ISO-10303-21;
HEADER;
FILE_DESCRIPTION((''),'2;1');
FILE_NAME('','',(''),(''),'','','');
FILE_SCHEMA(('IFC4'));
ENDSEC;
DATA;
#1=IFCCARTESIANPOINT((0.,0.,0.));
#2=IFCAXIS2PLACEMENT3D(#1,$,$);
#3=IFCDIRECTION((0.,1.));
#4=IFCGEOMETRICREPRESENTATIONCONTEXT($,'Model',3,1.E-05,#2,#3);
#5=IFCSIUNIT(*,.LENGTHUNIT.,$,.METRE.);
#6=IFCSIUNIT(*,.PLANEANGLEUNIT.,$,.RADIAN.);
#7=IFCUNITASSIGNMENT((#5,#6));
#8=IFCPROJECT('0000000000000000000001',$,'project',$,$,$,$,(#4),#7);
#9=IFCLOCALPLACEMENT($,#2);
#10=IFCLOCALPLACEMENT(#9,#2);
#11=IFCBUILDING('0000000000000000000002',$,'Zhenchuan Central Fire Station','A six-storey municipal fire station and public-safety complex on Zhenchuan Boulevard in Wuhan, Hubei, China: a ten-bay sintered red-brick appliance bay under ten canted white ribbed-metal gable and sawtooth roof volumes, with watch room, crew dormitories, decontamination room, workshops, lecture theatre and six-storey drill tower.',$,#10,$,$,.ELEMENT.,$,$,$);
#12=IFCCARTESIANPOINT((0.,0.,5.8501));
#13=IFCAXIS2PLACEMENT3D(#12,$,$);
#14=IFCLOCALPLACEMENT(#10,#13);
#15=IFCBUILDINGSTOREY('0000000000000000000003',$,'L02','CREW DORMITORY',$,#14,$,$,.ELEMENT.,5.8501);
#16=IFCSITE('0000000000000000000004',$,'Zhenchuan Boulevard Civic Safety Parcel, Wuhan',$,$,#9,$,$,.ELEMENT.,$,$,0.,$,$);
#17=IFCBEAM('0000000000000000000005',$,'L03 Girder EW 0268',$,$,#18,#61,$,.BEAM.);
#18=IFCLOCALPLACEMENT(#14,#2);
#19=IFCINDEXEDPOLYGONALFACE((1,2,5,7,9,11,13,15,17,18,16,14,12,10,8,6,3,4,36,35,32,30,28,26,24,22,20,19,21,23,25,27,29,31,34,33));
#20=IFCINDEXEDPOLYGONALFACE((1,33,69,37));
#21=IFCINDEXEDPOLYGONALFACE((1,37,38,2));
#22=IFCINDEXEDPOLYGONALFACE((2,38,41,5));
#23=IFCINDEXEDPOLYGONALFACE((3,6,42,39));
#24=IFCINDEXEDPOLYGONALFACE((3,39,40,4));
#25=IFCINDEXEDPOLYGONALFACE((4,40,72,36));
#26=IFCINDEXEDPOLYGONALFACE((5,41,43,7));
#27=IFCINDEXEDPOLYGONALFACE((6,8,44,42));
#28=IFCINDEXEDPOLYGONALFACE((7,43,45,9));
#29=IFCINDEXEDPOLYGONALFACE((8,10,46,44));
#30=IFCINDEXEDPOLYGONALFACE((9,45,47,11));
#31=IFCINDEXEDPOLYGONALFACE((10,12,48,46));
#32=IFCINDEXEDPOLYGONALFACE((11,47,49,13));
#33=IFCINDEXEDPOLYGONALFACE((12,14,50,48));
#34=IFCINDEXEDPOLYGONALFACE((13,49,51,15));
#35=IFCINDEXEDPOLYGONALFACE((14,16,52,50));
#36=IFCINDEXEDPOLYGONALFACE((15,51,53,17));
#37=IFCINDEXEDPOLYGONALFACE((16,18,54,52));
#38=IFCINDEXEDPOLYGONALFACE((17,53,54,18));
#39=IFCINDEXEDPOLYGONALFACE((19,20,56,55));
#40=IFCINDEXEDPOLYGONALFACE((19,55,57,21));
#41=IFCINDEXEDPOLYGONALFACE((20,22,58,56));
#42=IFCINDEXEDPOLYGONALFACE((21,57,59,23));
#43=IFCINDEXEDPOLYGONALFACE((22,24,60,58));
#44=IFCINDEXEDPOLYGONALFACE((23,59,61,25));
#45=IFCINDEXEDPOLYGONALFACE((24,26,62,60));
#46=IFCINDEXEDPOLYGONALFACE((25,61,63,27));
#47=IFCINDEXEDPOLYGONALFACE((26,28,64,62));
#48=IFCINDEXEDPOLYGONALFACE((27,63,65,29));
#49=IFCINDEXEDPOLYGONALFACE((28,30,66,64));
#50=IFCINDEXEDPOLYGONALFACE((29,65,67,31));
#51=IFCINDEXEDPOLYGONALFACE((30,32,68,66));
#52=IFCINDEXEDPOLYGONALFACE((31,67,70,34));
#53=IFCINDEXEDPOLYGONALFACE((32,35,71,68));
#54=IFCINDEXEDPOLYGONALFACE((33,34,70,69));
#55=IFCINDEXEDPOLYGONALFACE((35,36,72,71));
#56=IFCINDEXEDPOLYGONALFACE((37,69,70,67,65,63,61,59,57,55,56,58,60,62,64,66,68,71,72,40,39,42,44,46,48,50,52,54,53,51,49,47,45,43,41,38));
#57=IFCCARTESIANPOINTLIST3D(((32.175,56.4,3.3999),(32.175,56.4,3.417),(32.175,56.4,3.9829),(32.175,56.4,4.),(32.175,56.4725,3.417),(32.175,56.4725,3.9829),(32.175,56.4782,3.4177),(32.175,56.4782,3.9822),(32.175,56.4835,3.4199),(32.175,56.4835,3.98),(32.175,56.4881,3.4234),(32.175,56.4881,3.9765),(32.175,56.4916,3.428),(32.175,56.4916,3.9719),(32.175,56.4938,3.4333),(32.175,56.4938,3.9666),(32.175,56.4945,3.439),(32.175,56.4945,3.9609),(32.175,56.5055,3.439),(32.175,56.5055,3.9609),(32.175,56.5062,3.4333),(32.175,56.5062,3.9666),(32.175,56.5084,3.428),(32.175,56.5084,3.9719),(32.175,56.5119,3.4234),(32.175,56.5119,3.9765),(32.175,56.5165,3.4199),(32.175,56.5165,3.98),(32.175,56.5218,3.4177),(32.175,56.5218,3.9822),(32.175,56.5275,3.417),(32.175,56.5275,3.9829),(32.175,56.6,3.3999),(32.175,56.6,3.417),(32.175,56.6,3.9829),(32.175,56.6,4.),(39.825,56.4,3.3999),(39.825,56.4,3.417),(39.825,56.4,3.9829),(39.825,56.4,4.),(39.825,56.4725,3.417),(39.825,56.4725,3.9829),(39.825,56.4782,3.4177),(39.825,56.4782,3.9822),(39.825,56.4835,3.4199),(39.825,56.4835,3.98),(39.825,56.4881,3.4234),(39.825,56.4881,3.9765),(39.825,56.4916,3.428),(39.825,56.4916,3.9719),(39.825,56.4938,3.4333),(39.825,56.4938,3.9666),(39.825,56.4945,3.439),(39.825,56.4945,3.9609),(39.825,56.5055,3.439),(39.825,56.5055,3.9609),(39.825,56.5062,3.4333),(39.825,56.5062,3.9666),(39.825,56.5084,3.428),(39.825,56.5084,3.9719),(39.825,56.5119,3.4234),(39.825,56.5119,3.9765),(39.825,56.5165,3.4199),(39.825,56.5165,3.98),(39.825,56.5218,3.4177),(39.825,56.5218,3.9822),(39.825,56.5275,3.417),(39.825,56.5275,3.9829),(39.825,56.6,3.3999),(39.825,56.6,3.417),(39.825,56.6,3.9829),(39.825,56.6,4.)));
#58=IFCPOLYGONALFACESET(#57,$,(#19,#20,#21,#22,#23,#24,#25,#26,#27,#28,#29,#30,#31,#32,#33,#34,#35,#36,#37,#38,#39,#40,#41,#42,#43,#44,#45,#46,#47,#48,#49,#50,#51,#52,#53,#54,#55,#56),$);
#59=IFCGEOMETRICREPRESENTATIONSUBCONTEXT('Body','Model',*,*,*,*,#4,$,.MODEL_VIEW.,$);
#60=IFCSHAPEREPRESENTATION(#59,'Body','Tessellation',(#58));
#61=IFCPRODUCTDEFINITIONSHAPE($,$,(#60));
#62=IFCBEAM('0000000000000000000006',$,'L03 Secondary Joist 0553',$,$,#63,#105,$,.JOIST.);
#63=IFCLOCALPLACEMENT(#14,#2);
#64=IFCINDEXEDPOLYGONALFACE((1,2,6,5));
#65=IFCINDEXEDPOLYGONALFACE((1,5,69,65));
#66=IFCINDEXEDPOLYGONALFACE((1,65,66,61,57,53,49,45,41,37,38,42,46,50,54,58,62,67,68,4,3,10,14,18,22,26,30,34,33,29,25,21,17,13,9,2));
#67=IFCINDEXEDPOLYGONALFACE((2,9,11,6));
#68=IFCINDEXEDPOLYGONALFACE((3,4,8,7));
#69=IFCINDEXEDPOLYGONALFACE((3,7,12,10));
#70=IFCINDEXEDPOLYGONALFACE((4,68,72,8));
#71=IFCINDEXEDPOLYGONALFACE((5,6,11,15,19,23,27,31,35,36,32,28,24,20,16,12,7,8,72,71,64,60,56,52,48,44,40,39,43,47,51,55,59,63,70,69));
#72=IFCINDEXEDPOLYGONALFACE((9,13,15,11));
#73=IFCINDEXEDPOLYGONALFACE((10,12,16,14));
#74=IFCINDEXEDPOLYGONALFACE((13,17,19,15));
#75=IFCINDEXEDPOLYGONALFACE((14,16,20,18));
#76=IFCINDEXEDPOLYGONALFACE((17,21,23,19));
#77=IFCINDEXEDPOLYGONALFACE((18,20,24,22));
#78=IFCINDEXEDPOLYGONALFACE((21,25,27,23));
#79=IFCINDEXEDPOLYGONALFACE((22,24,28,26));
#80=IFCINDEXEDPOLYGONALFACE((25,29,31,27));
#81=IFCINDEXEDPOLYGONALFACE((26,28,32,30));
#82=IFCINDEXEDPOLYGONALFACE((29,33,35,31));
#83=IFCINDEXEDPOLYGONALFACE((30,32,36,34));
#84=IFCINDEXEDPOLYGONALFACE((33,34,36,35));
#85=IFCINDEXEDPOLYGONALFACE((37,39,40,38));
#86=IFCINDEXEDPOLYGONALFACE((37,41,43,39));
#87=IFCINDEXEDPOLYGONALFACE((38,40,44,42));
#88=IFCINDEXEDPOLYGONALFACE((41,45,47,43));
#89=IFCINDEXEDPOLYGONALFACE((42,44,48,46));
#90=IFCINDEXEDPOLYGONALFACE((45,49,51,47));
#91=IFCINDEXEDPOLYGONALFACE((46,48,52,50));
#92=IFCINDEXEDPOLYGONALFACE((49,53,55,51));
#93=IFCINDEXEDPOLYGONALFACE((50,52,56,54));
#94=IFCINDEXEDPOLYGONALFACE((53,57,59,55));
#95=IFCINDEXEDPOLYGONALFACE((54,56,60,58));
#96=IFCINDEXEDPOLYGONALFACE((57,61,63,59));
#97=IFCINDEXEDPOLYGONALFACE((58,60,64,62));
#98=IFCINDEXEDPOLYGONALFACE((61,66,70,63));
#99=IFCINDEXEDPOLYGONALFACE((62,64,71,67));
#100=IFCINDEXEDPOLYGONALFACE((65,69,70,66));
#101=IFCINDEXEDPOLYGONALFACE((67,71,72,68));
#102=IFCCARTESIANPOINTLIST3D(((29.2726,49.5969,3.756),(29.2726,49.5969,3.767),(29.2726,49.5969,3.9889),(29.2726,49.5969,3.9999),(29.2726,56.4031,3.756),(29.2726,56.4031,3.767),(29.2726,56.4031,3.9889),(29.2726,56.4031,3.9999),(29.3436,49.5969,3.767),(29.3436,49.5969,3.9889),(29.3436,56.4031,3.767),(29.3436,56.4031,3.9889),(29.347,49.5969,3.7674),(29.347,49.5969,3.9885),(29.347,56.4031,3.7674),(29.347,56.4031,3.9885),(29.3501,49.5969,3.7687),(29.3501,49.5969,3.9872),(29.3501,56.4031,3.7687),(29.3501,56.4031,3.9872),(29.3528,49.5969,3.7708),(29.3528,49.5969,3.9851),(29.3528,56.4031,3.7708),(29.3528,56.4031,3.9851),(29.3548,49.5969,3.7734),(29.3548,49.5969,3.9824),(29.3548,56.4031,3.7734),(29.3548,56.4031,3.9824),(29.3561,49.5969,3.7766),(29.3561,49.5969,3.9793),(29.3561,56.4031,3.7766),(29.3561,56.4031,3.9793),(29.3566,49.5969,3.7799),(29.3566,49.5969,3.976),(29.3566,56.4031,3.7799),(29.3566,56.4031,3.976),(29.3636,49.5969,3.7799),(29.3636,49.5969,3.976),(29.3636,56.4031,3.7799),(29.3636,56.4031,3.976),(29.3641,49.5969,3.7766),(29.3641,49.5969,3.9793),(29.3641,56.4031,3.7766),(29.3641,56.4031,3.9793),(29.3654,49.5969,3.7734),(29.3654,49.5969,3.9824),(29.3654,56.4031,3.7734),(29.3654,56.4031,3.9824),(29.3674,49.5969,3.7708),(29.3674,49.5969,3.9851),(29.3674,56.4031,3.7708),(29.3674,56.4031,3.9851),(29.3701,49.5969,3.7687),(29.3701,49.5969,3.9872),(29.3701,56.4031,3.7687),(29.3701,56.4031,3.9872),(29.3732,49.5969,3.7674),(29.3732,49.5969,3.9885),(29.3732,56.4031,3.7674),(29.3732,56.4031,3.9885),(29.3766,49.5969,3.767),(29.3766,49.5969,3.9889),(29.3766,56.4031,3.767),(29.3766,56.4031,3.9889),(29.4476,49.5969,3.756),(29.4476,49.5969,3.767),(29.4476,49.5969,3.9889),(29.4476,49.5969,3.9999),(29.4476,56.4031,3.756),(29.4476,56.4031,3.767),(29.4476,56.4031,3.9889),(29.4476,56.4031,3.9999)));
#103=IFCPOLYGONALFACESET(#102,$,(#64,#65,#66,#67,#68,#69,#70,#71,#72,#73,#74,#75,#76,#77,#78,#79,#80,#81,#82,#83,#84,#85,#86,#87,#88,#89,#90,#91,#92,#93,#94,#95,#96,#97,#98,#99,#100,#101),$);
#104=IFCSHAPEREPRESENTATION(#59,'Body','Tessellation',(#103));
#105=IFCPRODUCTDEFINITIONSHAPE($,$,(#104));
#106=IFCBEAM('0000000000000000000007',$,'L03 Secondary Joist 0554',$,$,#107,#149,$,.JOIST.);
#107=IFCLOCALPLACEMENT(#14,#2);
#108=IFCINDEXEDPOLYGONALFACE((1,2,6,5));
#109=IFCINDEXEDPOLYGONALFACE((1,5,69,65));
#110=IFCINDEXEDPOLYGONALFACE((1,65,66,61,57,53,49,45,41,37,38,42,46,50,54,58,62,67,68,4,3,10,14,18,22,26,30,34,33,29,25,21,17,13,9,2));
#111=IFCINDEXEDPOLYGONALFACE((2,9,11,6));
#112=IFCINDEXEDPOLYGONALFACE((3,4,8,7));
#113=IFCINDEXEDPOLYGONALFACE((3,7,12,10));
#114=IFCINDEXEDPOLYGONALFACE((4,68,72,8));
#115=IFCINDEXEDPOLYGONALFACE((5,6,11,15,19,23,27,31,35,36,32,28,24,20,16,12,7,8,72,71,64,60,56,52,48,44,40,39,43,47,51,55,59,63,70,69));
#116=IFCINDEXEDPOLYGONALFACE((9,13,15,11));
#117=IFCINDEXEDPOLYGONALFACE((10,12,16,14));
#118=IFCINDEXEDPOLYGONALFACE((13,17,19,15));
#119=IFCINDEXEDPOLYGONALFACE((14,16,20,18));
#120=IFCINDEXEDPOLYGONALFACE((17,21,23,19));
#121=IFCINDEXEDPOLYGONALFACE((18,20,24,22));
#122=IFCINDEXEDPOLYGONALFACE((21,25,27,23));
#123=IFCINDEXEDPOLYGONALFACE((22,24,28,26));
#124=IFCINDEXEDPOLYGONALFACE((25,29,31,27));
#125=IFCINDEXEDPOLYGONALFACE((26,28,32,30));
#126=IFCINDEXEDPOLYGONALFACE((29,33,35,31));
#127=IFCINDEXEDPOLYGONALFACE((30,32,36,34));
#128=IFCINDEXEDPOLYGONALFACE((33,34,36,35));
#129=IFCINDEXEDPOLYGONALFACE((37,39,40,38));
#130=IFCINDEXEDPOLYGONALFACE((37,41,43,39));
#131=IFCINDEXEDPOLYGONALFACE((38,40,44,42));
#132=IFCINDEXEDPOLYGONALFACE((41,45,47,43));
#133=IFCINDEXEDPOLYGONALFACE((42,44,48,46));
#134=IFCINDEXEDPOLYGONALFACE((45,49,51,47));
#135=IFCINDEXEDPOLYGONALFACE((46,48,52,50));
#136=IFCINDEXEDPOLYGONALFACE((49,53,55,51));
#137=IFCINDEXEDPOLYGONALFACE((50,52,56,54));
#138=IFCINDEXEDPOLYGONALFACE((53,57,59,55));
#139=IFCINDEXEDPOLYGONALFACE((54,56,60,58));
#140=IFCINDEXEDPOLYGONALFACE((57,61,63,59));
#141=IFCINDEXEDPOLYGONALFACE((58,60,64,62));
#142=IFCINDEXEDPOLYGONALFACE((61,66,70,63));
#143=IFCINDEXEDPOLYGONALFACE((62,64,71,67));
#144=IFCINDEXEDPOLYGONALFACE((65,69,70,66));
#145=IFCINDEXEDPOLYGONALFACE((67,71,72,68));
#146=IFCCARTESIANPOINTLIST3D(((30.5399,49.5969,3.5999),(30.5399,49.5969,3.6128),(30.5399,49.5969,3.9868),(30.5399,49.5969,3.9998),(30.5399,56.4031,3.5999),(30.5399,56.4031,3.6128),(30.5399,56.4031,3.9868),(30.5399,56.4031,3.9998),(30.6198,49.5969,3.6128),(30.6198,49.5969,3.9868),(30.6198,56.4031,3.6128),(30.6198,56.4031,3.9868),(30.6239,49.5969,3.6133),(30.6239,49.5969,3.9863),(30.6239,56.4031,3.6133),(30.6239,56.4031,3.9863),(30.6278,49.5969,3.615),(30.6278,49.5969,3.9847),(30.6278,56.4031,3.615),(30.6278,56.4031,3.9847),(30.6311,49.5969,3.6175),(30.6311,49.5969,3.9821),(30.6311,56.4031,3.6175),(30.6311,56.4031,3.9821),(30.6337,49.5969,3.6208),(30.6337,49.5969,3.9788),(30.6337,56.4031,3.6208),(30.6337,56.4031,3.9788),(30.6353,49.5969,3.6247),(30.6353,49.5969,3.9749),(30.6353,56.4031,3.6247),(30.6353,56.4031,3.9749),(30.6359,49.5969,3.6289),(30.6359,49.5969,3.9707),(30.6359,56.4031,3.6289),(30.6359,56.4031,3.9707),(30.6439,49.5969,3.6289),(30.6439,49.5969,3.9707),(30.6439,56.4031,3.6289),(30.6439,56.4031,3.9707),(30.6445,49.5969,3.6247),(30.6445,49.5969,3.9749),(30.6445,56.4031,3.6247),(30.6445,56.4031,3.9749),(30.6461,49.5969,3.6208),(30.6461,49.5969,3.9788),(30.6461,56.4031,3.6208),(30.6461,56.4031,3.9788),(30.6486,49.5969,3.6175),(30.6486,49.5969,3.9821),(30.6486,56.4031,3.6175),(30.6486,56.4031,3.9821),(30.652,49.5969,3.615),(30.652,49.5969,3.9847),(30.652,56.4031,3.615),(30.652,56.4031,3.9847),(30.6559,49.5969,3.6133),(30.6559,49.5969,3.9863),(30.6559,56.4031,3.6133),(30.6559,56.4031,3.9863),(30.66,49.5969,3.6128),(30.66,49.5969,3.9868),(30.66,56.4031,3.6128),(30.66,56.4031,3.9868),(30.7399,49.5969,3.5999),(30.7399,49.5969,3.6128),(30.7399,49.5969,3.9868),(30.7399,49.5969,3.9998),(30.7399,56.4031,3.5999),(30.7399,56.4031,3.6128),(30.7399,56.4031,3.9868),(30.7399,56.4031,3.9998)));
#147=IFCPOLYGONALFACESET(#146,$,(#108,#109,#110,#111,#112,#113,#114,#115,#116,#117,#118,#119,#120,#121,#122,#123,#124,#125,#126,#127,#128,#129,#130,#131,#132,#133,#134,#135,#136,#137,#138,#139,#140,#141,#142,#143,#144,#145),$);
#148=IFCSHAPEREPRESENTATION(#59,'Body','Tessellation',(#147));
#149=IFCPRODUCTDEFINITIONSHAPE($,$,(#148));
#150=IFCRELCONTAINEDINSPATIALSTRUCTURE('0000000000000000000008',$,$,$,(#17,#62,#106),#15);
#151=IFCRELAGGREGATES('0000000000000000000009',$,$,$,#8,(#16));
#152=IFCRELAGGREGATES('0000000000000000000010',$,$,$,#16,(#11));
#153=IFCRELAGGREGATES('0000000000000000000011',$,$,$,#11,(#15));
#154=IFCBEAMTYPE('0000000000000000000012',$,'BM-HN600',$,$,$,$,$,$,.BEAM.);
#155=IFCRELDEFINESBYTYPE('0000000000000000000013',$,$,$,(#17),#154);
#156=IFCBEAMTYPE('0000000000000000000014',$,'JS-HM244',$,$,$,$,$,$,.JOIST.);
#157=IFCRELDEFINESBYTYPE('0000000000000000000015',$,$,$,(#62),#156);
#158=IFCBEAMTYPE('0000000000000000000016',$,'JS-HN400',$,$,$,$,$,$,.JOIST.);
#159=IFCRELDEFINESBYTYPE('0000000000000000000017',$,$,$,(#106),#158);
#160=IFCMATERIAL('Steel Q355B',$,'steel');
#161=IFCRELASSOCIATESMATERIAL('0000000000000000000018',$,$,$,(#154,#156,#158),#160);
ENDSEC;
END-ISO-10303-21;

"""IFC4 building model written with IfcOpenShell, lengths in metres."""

from ifc_helpers import new_model, si_unit, direction, frame, origin, origin_2d, place, context, subcontext, project, spatial, i_section, extrude, material, material_profile, profile_set, type_object, element, save


model = new_model("IFC4")

# Units and contexts
model_context = context("Model", 3, precision=1e-05, world=origin(), true_north=direction((0.0, 1.0)))
body_context = subcontext(model_context, "Body", "Model", "MODEL_VIEW")
ifc_project = project(units=[si_unit("LENGTHUNIT", "METRE"), si_unit("PLANEANGLEUNIT", "RADIAN")], contexts=[model_context])

# Site, building, storey
site_placement = place(None, origin())
site = spatial("IfcSite", under=ifc_project, at=site_placement, Name="Zhenchuan Boulevard Civic Safety Parcel, Wuhan", CompositionType="ELEMENT", RefElevation=0.0)
building_placement = place(site_placement, origin())
building = spatial("IfcBuilding", under=site, at=building_placement, Name="Zhenchuan Central Fire Station", Description="A six-storey municipal fire station and public-safety complex on Zhenchuan Boulevard in Wuhan, Hubei, China: a ten-bay sintered red-brick appliance bay under ten canted white ribbed-metal gable and sawtooth roof volumes, with watch room, crew dormitories, decontamination room, workshops, lecture theatre and six-storey drill tower.", CompositionType="ELEMENT")
storey_placement = place(building_placement, frame((0.0, 0.0, 5.8501)))
storey = spatial("IfcBuildingStorey", under=building, at=storey_placement, Name="L02", Description="CREW DORMITORY", CompositionType="ELEMENT", Elevation=5.8501)

# Shared definitions
ifc_material_1 = material(Name="Steel Q355B", Category="steel")

# Beams
ifc_material_profile_1 = material_profile(ifc_material_1, i_section(OverallWidth=0.2, OverallDepth=0.6001, WebThickness=0.011, FlangeThickness=0.0171, FilletRadius=0.022, at=origin_2d()), Name="HN 600x200")
ifc_profile_set_1 = profile_set([ifc_material_profile_1], Name="Steel Q355B")
beam_type_1 = type_object("IfcBeamType", Name="BM-HN600", PredefinedType="BEAM", material=ifc_profile_set_1)
beam_1_placement = place(storey_placement, frame((32.175, 56.5, 3.7), z_axis=(1.0, 0.0, 0.0), x_axis=(0.0, 1.0, 0.0)))
element("IfcBeam", 1, at=beam_1_placement, inside=storey, type_object=beam_type_1, Name="L03 Girder EW 0268", PredefinedType="BEAM", context=body_context, shape_type="SweptSolid", body=[
    extrude(i_section(OverallWidth=0.2, OverallDepth=0.6001, WebThickness=0.011, FlangeThickness=0.0171, FilletRadius=0.022, at=origin_2d()), origin(), (0.0, 0.0, 1.0), 7.6499),
])
ifc_material_profile_2 = material_profile(ifc_material_1, i_section(OverallWidth=0.175, OverallDepth=0.2439, WebThickness=0.0071, FlangeThickness=0.011, FilletRadius=0.0129, at=origin_2d()), Name="HM 244x175")
ifc_profile_set_2 = profile_set([ifc_material_profile_2], Name="Steel Q355B")
beam_type_2 = type_object("IfcBeamType", Name="JS-HM244", PredefinedType="JOIST", material=ifc_profile_set_2)
beam_2_placement = place(storey_placement, frame((29.3601, 49.5969, 3.8779), z_axis=(0.0, 1.0, 0.0), x_axis=(-1.0, 0.0, 0.0)))
element("IfcBeam", 2, at=beam_2_placement, inside=storey, type_object=beam_type_2, Name="L03 Secondary Joist 0553", PredefinedType="JOIST", context=body_context, shape_type="SweptSolid", body=[
    extrude(i_section(OverallWidth=0.175, OverallDepth=0.2439, WebThickness=0.0071, FlangeThickness=0.011, FilletRadius=0.0129, at=origin_2d()), origin(), (0.0, 0.0, 1.0), 6.8062),
])
ifc_material_profile_3 = material_profile(ifc_material_1, i_section(OverallWidth=0.2, OverallDepth=0.3999, WebThickness=0.0081, FlangeThickness=0.0129, FilletRadius=0.0161, at=origin_2d()), Name="HN 400x200")
ifc_profile_set_3 = profile_set([ifc_material_profile_3], Name="Steel Q355B")
beam_type_3 = type_object("IfcBeamType", Name="JS-HN400", PredefinedType="JOIST", material=ifc_profile_set_3)
beam_3_placement = place(storey_placement, frame((30.6399, 49.5969, 3.7998), z_axis=(0.0, 1.0, 0.0), x_axis=(-1.0, 0.0, 0.0)))
element("IfcBeam", 3, at=beam_3_placement, inside=storey, type_object=beam_type_3, Name="L03 Secondary Joist 0554", PredefinedType="JOIST", context=body_context, shape_type="SweptSolid", body=[
    extrude(i_section(OverallWidth=0.2, OverallDepth=0.3999, WebThickness=0.0081, FlangeThickness=0.0129, FilletRadius=0.0161, at=origin_2d()), origin(), (0.0, 0.0, 1.0), 6.8062),
])

save(model, "model.ifc")
